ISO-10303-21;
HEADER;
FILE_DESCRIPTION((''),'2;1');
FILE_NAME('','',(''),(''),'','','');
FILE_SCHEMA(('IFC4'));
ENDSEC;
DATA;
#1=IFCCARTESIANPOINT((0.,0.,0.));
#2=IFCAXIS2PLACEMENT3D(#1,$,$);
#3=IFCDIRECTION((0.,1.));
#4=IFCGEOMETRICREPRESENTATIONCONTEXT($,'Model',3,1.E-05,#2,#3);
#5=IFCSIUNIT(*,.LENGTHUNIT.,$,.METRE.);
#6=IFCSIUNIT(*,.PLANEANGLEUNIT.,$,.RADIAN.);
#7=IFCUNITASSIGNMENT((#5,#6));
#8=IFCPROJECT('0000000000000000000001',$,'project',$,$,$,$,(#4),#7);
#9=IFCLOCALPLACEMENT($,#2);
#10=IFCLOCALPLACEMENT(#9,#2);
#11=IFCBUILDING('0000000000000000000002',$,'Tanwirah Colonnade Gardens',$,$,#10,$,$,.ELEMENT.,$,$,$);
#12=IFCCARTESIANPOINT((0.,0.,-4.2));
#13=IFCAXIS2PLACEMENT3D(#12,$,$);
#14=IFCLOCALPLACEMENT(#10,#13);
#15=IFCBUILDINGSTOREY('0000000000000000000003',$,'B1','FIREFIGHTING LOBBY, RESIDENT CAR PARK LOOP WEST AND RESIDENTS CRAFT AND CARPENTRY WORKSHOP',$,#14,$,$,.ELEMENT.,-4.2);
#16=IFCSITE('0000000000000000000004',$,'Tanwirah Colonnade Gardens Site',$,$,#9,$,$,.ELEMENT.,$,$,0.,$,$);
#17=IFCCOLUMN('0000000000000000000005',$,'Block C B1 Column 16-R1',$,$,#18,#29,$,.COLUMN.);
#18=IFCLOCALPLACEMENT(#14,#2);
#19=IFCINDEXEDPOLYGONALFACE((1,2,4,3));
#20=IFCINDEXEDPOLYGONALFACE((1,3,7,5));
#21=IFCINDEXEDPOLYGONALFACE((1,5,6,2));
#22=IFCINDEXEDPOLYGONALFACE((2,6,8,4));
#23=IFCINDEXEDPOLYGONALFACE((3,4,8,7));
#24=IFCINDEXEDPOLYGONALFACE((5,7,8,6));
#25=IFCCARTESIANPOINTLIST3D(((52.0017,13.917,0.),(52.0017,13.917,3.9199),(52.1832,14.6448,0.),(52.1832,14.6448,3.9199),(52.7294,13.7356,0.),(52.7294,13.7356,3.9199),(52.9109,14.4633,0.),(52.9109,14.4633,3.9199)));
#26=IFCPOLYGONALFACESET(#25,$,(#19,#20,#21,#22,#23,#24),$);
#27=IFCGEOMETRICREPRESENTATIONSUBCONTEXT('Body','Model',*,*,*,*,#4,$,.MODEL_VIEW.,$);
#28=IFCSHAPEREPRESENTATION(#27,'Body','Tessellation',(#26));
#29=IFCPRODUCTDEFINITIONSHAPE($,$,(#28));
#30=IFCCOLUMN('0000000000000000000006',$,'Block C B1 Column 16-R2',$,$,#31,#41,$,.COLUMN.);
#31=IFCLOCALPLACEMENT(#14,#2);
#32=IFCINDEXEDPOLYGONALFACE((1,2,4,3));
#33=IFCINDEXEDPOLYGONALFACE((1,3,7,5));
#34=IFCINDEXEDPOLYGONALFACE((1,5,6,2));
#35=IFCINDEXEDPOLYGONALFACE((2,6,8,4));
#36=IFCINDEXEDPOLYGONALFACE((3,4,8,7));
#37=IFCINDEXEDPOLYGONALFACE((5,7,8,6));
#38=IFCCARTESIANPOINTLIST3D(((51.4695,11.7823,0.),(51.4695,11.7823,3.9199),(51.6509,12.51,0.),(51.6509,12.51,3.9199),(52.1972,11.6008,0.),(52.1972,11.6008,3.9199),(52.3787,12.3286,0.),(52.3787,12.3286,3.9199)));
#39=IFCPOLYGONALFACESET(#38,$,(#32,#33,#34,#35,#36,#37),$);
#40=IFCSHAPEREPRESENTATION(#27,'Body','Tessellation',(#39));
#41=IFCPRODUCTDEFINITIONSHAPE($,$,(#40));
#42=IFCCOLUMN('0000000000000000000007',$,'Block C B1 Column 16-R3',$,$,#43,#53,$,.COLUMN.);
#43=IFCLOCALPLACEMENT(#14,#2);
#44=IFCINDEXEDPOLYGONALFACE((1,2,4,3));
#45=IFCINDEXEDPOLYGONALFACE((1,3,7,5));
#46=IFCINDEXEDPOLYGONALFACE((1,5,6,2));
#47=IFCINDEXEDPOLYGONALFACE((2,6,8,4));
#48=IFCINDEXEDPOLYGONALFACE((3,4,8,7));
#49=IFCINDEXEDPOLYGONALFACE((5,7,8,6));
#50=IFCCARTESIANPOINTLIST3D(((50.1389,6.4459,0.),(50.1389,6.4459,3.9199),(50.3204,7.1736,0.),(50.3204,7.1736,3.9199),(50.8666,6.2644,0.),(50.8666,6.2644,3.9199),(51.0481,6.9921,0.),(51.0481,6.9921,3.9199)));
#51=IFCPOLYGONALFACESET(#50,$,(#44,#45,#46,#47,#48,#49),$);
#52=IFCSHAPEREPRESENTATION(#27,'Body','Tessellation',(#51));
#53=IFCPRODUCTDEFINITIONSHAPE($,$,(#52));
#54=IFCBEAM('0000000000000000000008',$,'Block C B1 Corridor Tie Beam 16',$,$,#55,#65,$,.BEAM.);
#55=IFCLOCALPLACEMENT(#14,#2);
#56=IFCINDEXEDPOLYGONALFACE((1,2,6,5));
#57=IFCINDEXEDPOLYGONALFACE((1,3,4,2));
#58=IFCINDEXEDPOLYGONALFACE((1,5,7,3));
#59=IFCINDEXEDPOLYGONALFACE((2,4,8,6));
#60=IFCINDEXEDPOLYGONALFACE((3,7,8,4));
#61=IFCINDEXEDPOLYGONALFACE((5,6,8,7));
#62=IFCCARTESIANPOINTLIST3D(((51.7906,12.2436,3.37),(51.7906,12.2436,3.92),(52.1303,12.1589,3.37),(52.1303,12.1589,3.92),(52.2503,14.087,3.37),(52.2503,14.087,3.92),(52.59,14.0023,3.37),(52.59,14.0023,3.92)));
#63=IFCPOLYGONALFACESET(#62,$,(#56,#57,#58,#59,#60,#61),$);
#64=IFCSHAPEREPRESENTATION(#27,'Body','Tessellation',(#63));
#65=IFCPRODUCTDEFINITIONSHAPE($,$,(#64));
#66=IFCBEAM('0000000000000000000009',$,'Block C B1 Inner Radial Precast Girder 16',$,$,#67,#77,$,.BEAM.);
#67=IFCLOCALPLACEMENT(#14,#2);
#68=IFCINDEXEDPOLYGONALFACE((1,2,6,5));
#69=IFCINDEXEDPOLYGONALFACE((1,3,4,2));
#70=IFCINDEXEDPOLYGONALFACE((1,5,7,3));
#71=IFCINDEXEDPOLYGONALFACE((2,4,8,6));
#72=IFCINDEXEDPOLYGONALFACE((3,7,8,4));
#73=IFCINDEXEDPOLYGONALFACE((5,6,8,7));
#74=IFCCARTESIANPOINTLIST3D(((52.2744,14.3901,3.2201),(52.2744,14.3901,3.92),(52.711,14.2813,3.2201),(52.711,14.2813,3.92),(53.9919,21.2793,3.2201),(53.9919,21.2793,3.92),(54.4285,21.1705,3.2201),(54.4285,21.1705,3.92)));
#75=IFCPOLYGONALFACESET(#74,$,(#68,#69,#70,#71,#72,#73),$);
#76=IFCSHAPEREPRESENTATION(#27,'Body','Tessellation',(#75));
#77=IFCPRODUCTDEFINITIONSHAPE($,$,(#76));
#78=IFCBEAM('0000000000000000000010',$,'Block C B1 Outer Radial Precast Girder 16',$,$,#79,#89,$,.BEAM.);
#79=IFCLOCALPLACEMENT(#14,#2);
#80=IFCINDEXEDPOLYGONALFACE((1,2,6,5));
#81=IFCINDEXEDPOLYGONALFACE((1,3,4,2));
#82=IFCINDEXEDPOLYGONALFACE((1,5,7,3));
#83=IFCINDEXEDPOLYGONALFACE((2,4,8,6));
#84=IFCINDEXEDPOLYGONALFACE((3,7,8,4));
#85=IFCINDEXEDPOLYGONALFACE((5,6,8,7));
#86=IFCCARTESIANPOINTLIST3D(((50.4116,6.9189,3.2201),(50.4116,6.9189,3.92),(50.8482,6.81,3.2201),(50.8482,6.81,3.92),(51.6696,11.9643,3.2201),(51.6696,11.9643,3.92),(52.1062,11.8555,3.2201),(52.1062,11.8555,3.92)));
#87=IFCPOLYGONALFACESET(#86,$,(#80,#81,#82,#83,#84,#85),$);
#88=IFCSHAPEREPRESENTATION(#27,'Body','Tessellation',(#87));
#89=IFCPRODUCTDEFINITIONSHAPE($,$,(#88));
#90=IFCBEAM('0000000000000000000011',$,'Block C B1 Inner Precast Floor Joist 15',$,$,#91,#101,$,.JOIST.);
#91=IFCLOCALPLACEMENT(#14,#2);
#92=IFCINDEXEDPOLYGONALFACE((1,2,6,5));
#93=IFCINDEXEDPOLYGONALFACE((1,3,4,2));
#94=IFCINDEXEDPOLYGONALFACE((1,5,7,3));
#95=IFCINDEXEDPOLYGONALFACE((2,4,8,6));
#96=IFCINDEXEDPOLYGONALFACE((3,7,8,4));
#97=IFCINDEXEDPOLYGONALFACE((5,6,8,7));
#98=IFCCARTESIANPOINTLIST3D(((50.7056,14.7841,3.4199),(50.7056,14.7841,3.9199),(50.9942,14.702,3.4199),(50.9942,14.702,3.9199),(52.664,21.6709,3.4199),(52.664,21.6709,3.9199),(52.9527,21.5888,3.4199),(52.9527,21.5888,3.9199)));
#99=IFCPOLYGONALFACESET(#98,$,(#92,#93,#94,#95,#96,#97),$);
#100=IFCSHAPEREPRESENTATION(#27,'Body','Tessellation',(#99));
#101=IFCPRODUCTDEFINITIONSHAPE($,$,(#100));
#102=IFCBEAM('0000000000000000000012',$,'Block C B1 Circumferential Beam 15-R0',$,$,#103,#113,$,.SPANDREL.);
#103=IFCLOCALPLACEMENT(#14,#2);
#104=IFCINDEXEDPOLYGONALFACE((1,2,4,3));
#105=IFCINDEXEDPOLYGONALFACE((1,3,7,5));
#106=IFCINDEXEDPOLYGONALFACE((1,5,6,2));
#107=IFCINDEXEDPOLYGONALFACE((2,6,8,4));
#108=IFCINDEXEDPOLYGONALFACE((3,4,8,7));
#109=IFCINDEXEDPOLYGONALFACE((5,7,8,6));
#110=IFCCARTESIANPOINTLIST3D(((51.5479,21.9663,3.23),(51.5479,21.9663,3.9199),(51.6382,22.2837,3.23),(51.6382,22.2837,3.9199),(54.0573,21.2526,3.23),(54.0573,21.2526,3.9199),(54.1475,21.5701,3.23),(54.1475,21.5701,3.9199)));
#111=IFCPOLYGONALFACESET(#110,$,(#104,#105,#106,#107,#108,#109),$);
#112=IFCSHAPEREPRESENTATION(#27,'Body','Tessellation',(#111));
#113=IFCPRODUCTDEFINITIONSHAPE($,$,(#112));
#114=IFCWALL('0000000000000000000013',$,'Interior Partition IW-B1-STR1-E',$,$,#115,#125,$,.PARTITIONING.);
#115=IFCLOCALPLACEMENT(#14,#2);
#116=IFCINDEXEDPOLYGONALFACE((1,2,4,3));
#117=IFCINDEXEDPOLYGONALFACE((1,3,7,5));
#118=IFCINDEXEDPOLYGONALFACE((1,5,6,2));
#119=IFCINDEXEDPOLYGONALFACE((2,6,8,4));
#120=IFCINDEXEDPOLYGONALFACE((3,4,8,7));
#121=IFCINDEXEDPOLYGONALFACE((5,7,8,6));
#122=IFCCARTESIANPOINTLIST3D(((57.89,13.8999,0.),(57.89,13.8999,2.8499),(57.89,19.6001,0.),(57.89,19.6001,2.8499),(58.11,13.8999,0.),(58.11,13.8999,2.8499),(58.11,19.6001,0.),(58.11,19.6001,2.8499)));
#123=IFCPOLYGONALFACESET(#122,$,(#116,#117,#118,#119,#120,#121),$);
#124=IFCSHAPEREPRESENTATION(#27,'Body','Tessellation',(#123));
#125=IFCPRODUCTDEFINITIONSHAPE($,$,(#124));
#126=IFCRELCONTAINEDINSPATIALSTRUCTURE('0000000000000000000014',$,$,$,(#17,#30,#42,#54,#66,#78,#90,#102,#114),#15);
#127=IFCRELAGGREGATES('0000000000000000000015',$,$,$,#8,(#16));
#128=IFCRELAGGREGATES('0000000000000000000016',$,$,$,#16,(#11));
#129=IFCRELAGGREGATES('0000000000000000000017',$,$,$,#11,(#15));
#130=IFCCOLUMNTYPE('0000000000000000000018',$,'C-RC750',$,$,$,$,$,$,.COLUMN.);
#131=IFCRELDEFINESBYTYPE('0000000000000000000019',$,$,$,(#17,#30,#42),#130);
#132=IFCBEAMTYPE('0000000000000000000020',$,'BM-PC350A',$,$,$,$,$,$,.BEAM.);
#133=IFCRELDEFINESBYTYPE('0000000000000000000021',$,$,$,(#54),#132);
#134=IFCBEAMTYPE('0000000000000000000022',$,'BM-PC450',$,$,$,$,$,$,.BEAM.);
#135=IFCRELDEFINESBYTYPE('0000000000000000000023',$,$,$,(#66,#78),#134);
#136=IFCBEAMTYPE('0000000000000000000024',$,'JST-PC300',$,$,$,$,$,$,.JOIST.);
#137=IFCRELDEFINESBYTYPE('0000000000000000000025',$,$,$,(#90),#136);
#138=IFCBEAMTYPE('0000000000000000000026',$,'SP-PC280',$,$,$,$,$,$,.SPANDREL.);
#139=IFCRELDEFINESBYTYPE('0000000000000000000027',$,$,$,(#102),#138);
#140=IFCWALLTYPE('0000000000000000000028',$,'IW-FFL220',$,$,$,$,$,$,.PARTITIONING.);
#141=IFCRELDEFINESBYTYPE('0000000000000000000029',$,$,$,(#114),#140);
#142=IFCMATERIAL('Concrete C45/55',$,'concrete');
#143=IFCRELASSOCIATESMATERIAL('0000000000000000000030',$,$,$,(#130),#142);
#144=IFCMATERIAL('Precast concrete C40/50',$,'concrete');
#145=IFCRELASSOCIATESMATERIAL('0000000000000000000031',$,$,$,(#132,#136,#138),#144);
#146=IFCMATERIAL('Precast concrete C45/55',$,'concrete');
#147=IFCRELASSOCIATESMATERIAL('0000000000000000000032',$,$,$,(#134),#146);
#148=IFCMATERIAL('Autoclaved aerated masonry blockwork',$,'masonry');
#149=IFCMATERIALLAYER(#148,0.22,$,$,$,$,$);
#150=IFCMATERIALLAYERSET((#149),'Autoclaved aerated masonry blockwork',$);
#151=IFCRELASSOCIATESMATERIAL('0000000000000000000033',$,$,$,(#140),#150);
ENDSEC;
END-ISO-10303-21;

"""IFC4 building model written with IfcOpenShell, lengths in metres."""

from ifc_helpers import new_model, si_unit, direction, frame, frame_2d, origin, origin_2d, place, context, subcontext, project, spatial, rectangle, extrude, material, layer, layer_set, material_profile, profile_set, type_object, element, save


model = new_model("IFC4")

# Units and contexts
model_context = context("Model", 3, precision=1e-05, world=origin(), true_north=direction((0.0, 1.0)))
body_context = subcontext(model_context, "Body", "Model", "MODEL_VIEW")
ifc_project = project(units=[si_unit("LENGTHUNIT", "METRE"), si_unit("PLANEANGLEUNIT", "RADIAN")], contexts=[model_context])

# Site, building, storey
site_placement = place(None, origin())
site = spatial("IfcSite", under=ifc_project, at=site_placement, Name="Tanwirah Colonnade Gardens Site", CompositionType="ELEMENT", RefElevation=0.0)
building_placement = place(site_placement, origin())
building = spatial("IfcBuilding", under=site, at=building_placement, Name="Tanwirah Colonnade Gardens", CompositionType="ELEMENT")
storey_placement = place(building_placement, frame((0.0, 0.0, -4.2)))
storey = spatial("IfcBuildingStorey", under=building, at=storey_placement, Name="B1", Description="FIREFIGHTING LOBBY, RESIDENT CAR PARK LOOP WEST AND RESIDENTS CRAFT AND CARPENTRY WORKSHOP", CompositionType="ELEMENT", Elevation=-4.2)

# Shared definitions
ifc_material_1 = material(Name="Concrete C45/55", Category="concrete")

# Columns
ifc_material_2 = material(Name="Precast concrete C40/50", Category="concrete")
ifc_material_profile_1 = material_profile(ifc_material_1, rectangle(XDim=0.75, YDim=0.75, at=origin_2d()), Name="RC-COL 750x750")
ifc_profile_set_1 = profile_set([ifc_material_profile_1], Name="Concrete C45/55")
column_type_1 = type_object("IfcColumnType", Name="C-RC750", PredefinedType="COLUMN", material=ifc_profile_set_1)
for number, where, z_axis, x_axis, name in (
    (1, (52.4563, 14.1902, 0.0), (0.0, 0.0, 1.0), (-0.241922, -0.970296, 0.0), "Block C B1 Column 16-R1"),
    (2, (51.9241, 12.0554, 0.0), (0.0, 0.0, 1.0), (-0.241922, -0.970296, 0.0), "Block C B1 Column 16-R2"),
    (3, (50.5935, 6.719, 0.0), (0.0, 0.0, 1.0), (-0.241922, -0.970296, 0.0), "Block C B1 Column 16-R3"),
):
    element("IfcColumn", number, at=place(storey_placement, frame(where, z_axis=z_axis, x_axis=x_axis)), inside=storey, type_object=column_type_1, Name=name, PredefinedType="COLUMN", context=body_context, shape_type="SweptSolid", body=[
        extrude(rectangle(XDim=0.75, YDim=0.75, at=origin_2d()), origin(), (0.0, 0.0, 1.0), 3.9199),
    ])

# Beams
ifc_material_profile_2 = material_profile(ifc_material_2, rectangle(XDim=0.3501, YDim=0.55, at=origin_2d()), Name="PC-BM 350x550")
ifc_profile_set_2 = profile_set([ifc_material_profile_2], Name="Precast concrete C40/50")
beam_type_1 = type_object("IfcBeamType", Name="BM-PC350A", PredefinedType="BEAM", material=ifc_profile_set_2)
beam_1_placement = place(storey_placement, frame((52.4202, 14.0447, 3.645), z_axis=(-0.241961, -0.970286, 0.0), x_axis=(0.970286, -0.241961, 0.0)))
element("IfcBeam", 4, at=beam_1_placement, inside=storey, type_object=beam_type_1, Name="Block C B1 Corridor Tie Beam 16", PredefinedType="BEAM", context=body_context, shape_type="SweptSolid", body=[
    extrude(rectangle(XDim=0.3501, YDim=0.55, at=origin_2d()), origin(), (0.0, 0.0, 1.0), 1.8999),
])
ifc_material_3 = material(Name="Precast concrete C45/55", Category="concrete")
ifc_material_profile_3 = material_profile(ifc_material_3, rectangle(XDim=0.45, YDim=0.7, at=origin_2d()), Name="PC-BM 450x700")
ifc_profile_set_3 = profile_set([ifc_material_profile_3], Name="Precast concrete C45/55")
beam_type_2 = type_object("IfcBeamType", Name="BM-PC450", PredefinedType="BEAM", material=ifc_profile_set_3)
beam_2_placement = place(storey_placement, frame((52.4927, 14.3357, 3.5701), z_axis=(0.241904, 0.9703, 0.0), x_axis=(-0.9703, 0.241904, 0.0)))
element("IfcBeam", 5, at=beam_2_placement, inside=storey, type_object=beam_type_2, Name="Block C B1 Inner Radial Precast Girder 16", PredefinedType="BEAM", context=body_context, shape_type="SweptSolid", body=[
    extrude(rectangle(XDim=0.45, YDim=0.7, at=origin_2d()), origin(), (0.0, 0.0, 1.0), 7.1001),
])
beam_3_placement = place(storey_placement, frame((51.8879, 11.9099, 3.5701), z_axis=(-0.241939, -0.970291, 0.0), x_axis=(0.970291, -0.241939, 0.0)))
element("IfcBeam", 6, at=beam_3_placement, inside=storey, type_object=beam_type_2, Name="Block C B1 Outer Radial Precast Girder 16", PredefinedType="BEAM", context=body_context, shape_type="SweptSolid", body=[
    extrude(rectangle(XDim=0.45, YDim=0.7, at=origin_2d()), origin(), (0.0, 0.0, 1.0), 5.2),
])
ifc_material_profile_4 = material_profile(ifc_material_2, rectangle(XDim=0.3, YDim=0.5, at=origin_2d()), Name="PC-JST 300x500")
ifc_profile_set_4 = profile_set([ifc_material_profile_4], Name="Precast concrete C40/50")
beam_type_3 = type_object("IfcBeamType", Name="JST-PC300", PredefinedType="JOIST", material=ifc_profile_set_4)
beam_4_placement = place(storey_placement, frame((52.8083, 21.6299, 3.6699), z_axis=(-0.273532, -0.961863, 0.0), x_axis=(0.961863, -0.273532, 0.0)))
element("IfcBeam", 7, at=beam_4_placement, inside=storey, type_object=beam_type_3, Name="Block C B1 Inner Precast Floor Joist 15", PredefinedType="JOIST", context=body_context, shape_type="SweptSolid", body=[
    extrude(rectangle(XDim=0.3, YDim=0.5, at=origin_2d()), origin(), (0.0, 0.0, 1.0), 7.1599),
])
ifc_material_profile_5 = material_profile(ifc_material_2, rectangle(XDim=0.3301, YDim=0.6899, at=origin_2d()), Name="PC-SP 330x690")
ifc_profile_set_5 = profile_set([ifc_material_profile_5], Name="Precast concrete C40/50")
beam_type_4 = type_object("IfcBeamType", Name="SP-PC280", PredefinedType="SPANDREL", material=ifc_profile_set_5)
beam_5_placement = place(storey_placement, frame((51.593, 22.125, 3.575), z_axis=(0.961859, -0.273547, 0.0), x_axis=(0.273547, 0.961859, 0.0)))
element("IfcBeam", 8, at=beam_5_placement, inside=storey, type_object=beam_type_4, Name="Block C B1 Circumferential Beam 15-R0", PredefinedType="SPANDREL", context=body_context, shape_type="SweptSolid", body=[
    extrude(rectangle(XDim=0.3301, YDim=0.6899, at=origin_2d()), origin(), (0.0, 0.0, 1.0), 2.6089),
])

# Wall
ifc_material_4 = material(Name="Autoclaved aerated masonry blockwork", Category="masonry")
ifc_layer = layer(ifc_material_4, 0.22)
ifc_layer_set = layer_set([ifc_layer], Name="Autoclaved aerated masonry blockwork")
wall_type = type_object("IfcWallType", Name="IW-FFL220", PredefinedType="PARTITIONING", material=ifc_layer_set)
wall_placement = place(storey_placement, frame((58.0, 13.8999, 0.0), z_axis=(0.0, 0.0, 1.0), x_axis=(0.0, 1.0, 0.0)))
element("IfcWall", 9, at=wall_placement, inside=storey, type_object=wall_type, Name="Interior Partition IW-B1-STR1-E", PredefinedType="PARTITIONING", context=body_context, shape_type="SweptSolid", body=[
    extrude(rectangle(XDim=5.7002, YDim=0.22, at=frame_2d((2.8501, 0.0))), origin(), (0.0, 0.0, 1.0), 2.8499),
])

save(model, "model.ifc")
